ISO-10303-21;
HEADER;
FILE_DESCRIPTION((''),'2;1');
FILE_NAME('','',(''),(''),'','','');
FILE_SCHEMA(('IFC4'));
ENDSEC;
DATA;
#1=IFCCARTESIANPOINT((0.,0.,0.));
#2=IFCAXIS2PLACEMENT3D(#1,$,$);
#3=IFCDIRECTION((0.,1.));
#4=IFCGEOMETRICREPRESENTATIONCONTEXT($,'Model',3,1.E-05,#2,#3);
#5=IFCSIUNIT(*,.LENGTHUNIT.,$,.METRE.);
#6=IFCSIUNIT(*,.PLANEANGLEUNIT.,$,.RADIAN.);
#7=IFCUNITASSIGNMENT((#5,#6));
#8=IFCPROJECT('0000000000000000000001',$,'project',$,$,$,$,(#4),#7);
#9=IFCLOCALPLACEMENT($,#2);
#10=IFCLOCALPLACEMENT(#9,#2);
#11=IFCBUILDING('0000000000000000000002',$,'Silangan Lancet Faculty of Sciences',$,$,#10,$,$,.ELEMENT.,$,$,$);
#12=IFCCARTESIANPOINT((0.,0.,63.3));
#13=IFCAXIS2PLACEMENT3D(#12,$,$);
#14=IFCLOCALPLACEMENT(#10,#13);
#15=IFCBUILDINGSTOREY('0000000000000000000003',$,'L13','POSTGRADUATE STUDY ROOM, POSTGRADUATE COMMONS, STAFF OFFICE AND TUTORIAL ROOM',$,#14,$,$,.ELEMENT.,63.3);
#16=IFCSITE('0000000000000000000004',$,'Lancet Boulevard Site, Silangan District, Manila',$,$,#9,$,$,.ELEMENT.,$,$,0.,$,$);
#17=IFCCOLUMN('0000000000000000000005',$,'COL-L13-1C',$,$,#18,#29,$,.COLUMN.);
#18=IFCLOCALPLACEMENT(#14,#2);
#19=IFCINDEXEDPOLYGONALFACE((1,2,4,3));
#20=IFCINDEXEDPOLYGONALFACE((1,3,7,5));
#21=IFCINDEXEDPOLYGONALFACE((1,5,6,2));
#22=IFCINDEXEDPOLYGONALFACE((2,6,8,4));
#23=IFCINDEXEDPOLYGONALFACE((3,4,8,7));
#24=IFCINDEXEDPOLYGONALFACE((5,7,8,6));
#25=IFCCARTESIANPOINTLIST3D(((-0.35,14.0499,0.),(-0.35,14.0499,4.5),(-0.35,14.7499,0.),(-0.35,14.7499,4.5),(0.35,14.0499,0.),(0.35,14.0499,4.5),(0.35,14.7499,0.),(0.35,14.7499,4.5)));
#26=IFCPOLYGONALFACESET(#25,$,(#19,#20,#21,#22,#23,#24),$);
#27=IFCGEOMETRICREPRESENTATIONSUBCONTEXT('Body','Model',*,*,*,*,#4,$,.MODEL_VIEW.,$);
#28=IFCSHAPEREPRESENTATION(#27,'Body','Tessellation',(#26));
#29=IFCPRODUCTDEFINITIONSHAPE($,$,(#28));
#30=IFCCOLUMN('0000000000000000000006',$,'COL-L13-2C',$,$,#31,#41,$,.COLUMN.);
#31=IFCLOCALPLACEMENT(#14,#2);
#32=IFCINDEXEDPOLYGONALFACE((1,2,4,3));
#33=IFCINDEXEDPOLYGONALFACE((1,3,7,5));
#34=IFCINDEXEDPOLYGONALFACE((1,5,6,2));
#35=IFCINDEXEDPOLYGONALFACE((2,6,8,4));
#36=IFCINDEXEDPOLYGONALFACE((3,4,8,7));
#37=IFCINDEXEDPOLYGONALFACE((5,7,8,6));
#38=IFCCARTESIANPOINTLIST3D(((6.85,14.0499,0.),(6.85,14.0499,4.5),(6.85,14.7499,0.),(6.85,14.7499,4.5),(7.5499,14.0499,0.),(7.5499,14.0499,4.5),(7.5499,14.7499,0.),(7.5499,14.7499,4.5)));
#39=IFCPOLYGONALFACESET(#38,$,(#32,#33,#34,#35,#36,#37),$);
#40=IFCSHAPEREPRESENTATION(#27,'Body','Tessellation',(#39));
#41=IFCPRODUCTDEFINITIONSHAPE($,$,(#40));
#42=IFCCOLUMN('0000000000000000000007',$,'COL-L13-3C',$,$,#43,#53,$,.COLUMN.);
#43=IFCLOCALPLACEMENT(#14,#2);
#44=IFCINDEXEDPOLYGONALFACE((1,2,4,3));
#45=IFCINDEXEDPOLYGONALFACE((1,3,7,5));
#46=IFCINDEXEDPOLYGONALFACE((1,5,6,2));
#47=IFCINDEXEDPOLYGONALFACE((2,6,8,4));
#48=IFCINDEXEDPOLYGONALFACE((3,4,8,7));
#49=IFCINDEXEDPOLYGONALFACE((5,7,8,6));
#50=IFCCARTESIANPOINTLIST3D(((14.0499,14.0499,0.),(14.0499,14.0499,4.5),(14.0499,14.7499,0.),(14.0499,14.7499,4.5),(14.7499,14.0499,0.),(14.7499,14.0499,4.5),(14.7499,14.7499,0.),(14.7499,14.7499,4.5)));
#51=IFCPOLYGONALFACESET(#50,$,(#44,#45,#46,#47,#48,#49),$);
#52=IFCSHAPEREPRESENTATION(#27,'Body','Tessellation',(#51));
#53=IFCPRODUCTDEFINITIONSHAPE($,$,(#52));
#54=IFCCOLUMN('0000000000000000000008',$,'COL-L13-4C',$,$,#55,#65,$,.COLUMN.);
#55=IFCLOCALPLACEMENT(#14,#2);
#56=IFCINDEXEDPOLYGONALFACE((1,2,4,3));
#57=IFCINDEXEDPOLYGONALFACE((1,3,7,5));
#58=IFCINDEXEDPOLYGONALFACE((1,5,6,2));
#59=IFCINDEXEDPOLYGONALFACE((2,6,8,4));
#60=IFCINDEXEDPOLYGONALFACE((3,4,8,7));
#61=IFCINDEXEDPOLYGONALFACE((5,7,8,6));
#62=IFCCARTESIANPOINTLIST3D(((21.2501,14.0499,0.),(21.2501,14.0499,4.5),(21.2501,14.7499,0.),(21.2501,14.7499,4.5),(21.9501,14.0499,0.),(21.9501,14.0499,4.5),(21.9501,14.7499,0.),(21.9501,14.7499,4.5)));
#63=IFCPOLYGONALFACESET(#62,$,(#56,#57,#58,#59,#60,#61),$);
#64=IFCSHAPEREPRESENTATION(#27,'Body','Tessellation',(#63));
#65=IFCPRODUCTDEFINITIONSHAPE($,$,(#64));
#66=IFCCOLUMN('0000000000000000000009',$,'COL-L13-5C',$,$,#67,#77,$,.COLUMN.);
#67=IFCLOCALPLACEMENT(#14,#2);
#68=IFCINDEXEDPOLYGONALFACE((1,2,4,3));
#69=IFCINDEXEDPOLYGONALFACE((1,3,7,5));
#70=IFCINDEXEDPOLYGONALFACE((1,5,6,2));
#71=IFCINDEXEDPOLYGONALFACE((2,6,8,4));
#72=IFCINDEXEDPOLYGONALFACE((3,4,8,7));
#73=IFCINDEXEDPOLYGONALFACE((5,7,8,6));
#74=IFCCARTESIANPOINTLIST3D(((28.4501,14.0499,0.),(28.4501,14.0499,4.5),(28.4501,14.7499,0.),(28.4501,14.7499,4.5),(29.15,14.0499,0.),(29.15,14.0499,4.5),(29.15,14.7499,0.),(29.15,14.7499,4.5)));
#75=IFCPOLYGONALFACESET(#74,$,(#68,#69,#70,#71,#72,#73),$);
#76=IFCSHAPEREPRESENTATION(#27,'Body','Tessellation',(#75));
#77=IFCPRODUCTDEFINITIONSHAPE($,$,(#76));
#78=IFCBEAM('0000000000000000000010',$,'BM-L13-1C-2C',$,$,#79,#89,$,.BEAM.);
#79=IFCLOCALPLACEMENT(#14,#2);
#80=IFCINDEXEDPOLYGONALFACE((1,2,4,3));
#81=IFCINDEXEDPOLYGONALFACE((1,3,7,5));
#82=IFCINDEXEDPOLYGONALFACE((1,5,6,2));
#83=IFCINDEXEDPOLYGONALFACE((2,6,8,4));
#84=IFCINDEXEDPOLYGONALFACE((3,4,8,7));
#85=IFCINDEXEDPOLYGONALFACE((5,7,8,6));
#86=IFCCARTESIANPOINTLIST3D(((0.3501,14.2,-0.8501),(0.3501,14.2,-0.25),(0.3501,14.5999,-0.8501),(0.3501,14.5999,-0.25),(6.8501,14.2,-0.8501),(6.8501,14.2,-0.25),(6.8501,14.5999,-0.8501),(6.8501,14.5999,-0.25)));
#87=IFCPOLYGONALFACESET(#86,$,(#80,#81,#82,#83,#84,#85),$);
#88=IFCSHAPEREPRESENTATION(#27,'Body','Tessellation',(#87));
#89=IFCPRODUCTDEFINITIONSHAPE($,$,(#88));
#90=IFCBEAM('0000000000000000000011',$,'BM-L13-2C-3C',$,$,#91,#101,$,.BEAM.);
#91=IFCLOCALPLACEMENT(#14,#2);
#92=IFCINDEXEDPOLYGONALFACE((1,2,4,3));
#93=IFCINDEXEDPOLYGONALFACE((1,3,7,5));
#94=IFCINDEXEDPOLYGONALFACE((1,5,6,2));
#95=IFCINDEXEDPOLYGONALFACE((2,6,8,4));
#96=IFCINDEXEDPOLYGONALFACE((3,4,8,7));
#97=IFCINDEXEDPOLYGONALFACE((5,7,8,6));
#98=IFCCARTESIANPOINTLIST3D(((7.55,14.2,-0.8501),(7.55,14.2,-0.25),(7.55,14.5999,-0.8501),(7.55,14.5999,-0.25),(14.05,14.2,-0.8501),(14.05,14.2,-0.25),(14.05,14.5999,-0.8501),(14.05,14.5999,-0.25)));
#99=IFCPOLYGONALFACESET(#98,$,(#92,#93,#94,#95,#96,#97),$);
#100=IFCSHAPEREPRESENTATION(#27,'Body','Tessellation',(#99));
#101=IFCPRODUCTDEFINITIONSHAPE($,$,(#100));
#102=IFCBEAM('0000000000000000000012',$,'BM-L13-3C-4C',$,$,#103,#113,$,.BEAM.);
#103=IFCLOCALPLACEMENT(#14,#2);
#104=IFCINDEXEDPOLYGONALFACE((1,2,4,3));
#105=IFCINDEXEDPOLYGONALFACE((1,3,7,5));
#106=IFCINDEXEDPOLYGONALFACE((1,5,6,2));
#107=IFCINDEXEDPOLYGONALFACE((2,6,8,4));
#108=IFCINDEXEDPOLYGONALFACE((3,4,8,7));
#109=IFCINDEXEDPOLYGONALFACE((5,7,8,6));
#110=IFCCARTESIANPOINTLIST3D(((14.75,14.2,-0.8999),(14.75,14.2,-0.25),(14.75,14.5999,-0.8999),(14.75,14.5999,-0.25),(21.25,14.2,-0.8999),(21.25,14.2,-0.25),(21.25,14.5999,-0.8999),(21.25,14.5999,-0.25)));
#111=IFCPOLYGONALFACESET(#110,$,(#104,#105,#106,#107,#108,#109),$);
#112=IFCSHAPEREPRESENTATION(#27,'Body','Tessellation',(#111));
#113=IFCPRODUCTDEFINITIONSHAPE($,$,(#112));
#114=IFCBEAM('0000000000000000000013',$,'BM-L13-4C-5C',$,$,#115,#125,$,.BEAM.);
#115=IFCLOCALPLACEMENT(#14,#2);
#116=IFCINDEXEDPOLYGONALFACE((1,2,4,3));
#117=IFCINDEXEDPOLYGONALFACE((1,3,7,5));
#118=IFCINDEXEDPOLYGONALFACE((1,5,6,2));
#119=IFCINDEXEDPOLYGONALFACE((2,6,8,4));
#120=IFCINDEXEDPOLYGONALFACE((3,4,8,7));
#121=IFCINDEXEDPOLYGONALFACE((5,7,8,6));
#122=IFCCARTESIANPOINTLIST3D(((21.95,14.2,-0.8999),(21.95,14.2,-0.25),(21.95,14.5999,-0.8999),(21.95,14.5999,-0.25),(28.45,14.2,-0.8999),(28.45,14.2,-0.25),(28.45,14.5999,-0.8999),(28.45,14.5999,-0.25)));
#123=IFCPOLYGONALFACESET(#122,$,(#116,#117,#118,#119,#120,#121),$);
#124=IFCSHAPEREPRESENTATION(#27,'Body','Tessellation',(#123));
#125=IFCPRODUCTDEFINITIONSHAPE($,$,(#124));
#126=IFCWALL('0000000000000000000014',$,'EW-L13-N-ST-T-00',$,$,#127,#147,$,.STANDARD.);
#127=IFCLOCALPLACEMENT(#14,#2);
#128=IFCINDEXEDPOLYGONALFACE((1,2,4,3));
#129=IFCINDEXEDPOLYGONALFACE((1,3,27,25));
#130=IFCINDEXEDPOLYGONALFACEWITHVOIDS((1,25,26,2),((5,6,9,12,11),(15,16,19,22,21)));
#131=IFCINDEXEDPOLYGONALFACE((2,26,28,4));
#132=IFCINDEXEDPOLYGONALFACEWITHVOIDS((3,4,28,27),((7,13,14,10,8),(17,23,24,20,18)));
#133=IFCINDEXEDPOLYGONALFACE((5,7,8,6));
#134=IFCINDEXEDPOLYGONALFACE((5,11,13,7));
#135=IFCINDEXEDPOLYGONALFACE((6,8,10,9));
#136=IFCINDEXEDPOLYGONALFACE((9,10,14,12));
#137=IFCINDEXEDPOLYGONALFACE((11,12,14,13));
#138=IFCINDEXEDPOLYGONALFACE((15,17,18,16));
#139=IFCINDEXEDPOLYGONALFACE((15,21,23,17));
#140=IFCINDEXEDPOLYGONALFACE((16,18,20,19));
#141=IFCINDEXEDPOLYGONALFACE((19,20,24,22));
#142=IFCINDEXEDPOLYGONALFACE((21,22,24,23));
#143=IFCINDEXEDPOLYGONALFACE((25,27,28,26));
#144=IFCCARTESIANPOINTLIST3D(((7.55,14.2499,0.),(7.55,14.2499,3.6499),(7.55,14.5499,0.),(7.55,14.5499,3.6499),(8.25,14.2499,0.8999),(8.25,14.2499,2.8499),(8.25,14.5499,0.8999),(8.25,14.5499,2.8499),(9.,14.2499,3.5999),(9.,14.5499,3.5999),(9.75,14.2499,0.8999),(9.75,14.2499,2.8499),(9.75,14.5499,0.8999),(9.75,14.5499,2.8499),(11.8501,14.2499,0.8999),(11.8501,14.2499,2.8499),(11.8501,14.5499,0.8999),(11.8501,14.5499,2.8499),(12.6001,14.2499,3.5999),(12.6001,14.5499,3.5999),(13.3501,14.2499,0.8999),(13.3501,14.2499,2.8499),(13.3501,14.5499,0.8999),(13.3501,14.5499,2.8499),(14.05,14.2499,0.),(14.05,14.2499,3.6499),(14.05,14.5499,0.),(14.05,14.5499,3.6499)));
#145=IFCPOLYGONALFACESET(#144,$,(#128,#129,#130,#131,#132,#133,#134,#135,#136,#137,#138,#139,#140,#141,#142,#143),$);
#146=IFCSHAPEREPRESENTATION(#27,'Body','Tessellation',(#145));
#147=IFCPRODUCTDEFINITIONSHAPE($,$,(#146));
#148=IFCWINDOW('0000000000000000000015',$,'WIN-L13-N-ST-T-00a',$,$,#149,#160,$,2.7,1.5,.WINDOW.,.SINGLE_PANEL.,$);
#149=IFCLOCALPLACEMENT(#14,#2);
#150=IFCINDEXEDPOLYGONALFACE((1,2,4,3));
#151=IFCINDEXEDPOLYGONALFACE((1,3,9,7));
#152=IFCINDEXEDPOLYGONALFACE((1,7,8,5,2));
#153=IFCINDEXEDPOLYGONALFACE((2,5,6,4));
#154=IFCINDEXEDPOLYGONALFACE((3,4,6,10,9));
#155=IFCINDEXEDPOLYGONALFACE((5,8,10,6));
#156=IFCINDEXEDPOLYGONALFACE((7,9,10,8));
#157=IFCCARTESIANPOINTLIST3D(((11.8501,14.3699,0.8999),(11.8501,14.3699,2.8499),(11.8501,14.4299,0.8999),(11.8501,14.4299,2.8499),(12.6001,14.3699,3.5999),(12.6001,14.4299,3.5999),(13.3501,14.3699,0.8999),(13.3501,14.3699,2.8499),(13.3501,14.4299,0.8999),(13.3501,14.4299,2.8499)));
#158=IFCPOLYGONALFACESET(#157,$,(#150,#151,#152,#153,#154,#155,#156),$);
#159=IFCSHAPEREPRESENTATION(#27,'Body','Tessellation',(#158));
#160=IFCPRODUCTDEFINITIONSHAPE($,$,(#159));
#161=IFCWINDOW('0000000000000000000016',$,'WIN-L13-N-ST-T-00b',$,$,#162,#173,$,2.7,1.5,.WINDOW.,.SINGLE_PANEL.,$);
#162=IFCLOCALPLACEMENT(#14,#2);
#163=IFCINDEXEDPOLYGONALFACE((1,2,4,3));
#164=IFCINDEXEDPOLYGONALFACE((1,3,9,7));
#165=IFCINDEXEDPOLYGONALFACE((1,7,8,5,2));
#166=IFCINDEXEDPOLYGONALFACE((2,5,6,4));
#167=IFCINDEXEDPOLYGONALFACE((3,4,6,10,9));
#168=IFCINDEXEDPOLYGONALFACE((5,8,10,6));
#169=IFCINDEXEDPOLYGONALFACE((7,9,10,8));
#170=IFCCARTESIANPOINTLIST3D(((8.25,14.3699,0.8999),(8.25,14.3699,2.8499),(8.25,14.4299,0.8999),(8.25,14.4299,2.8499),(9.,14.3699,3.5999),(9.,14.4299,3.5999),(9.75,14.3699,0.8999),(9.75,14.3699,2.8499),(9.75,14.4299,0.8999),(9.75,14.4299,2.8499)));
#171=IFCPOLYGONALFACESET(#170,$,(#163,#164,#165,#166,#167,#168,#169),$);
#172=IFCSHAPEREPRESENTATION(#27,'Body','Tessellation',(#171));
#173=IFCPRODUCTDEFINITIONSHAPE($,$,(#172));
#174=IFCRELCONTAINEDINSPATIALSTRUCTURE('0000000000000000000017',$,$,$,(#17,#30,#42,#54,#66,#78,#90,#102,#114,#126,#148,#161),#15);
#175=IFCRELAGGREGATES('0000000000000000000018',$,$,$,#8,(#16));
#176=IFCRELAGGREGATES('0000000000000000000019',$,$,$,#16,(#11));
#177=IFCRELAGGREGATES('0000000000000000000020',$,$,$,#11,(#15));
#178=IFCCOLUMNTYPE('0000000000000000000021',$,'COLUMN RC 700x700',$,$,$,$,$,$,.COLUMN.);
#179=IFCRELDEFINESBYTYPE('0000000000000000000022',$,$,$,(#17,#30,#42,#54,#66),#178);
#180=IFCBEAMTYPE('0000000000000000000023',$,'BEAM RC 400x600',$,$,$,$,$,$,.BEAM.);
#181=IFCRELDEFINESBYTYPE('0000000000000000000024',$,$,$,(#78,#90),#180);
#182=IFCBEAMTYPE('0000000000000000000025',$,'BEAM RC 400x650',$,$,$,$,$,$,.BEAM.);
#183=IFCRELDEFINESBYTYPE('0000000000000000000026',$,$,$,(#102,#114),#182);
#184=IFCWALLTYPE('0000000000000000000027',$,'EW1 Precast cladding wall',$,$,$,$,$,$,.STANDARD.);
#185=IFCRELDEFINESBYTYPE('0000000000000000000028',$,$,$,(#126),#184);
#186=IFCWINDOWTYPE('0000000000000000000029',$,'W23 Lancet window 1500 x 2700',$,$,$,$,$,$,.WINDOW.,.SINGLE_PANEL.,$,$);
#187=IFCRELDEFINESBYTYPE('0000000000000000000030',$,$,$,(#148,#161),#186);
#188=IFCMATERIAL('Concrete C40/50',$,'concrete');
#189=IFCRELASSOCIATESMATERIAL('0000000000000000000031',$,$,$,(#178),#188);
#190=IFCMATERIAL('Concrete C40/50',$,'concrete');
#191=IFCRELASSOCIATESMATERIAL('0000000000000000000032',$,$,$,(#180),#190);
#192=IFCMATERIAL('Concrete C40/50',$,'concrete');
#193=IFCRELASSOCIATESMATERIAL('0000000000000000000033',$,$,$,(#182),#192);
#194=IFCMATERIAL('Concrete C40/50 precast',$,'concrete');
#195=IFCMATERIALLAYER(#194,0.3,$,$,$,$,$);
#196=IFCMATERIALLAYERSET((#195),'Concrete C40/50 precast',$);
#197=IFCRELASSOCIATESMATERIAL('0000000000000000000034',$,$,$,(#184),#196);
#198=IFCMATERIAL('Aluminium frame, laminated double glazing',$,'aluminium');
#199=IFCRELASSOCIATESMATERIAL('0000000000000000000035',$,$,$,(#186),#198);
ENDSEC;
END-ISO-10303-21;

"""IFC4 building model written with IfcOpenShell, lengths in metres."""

from ifc_helpers import new_model, si_unit, direction, frame, frame_2d, origin, origin_2d, place, context, subcontext, project, spatial, polyline, rectangle, outline, extrude, material, layer, layer_set, material_profile, profile_set, type_object, element, fill, save


model = new_model("IFC4")

# Units and contexts
model_context = context("Model", 3, precision=1e-05, world=origin(), true_north=direction((0.0, 1.0)))
body_context = subcontext(model_context, "Body", "Model", "MODEL_VIEW")
ifc_project = project(units=[si_unit("LENGTHUNIT", "METRE"), si_unit("PLANEANGLEUNIT", "RADIAN")], contexts=[model_context])

# Site, building, storey
site_placement = place(None, origin())
site = spatial("IfcSite", under=ifc_project, at=site_placement, Name="Lancet Boulevard Site, Silangan District, Manila", CompositionType="ELEMENT", RefElevation=0.0)
building_placement = place(site_placement, origin())
building = spatial("IfcBuilding", under=site, at=building_placement, Name="Silangan Lancet Faculty of Sciences", CompositionType="ELEMENT")
storey_placement = place(building_placement, frame((0.0, 0.0, 63.3)))
storey = spatial("IfcBuildingStorey", under=building, at=storey_placement, Name="L13", Description="POSTGRADUATE STUDY ROOM, POSTGRADUATE COMMONS, STAFF OFFICE AND TUTORIAL ROOM", CompositionType="ELEMENT", Elevation=63.3)

# Columns
ifc_material_1 = material(Name="Concrete C40/50", Category="concrete")
ifc_material_profile_1 = material_profile(ifc_material_1, rectangle(XDim=0.7, YDim=0.7, at=origin_2d()), Name="RC 700x700")
ifc_profile_set_1 = profile_set([ifc_material_profile_1], Name="Concrete C40/50")
column_type = type_object("IfcColumnType", Name="COLUMN RC 700x700", PredefinedType="COLUMN", material=ifc_profile_set_1)
for number, where, z_axis, x_axis, name in (
    (1, (0.0, 14.3999, 0.0), (0.0, 0.0, 1.0), (1.0, 0.0, 0.0), "COL-L13-1C"),
    (2, (7.2, 14.3999, 0.0), (0.0, 0.0, 1.0), (1.0, 0.0, 0.0), "COL-L13-2C"),
    (3, (14.3999, 14.3999, 0.0), (0.0, 0.0, 1.0), (1.0, 0.0, 0.0), "COL-L13-3C"),
    (4, (21.6001, 14.3999, 0.0), (0.0, 0.0, 1.0), (1.0, 0.0, 0.0), "COL-L13-4C"),
    (5, (28.8, 14.3999, 0.0), (0.0, 0.0, 1.0), (1.0, 0.0, 0.0), "COL-L13-5C"),
):
    element("IfcColumn", number, at=place(storey_placement, frame(where, z_axis=z_axis, x_axis=x_axis)), inside=storey, type_object=column_type, Name=name, PredefinedType="COLUMN", context=body_context, shape_type="SweptSolid", body=[
        extrude(rectangle(XDim=0.7, YDim=0.7, at=origin_2d()), origin(), (0.0, 0.0, 1.0), 4.5),
    ])

# Beams
ifc_material_2 = material(Name="Concrete C40/50", Category="concrete")
ifc_material_profile_2 = material_profile(ifc_material_2, rectangle(XDim=0.3999, YDim=0.6001, at=origin_2d()), Name="RC 400x600")
ifc_profile_set_2 = profile_set([ifc_material_profile_2], Name="Concrete C40/50")
beam_type_1 = type_object("IfcBeamType", Name="BEAM RC 400x600", PredefinedType="BEAM", material=ifc_profile_set_2)
for number, where, z_axis, x_axis, name in (
    (6, (0.3501, 14.3999, -0.55), (1.0, 0.0, 0.0), (0.0, 1.0, 0.0), "BM-L13-1C-2C"),
    (7, (7.55, 14.3999, -0.55), (1.0, 0.0, 0.0), (0.0, 1.0, 0.0), "BM-L13-2C-3C"),
):
    element("IfcBeam", number, at=place(storey_placement, frame(where, z_axis=z_axis, x_axis=x_axis)), inside=storey, type_object=beam_type_1, Name=name, PredefinedType="BEAM", context=body_context, shape_type="SweptSolid", body=[
        extrude(rectangle(XDim=0.3999, YDim=0.6001, at=origin_2d()), origin(), (0.0, 0.0, 1.0), 6.5),
    ])
ifc_material_3 = material(Name="Concrete C40/50", Category="concrete")
ifc_material_profile_3 = material_profile(ifc_material_3, rectangle(XDim=0.3999, YDim=0.6499, at=origin_2d()), Name="RC 400x650")
ifc_profile_set_3 = profile_set([ifc_material_profile_3], Name="Concrete C40/50")
beam_type_2 = type_object("IfcBeamType", Name="BEAM RC 400x650", PredefinedType="BEAM", material=ifc_profile_set_3)
for number, where, z_axis, x_axis, name in (
    (8, (14.75, 14.3999, -0.575), (1.0, 0.0, 0.0), (0.0, 1.0, 0.0), "BM-L13-3C-4C"),
    (9, (21.95, 14.3999, -0.575), (1.0, 0.0, 0.0), (0.0, 1.0, 0.0), "BM-L13-4C-5C"),
):
    element("IfcBeam", number, at=place(storey_placement, frame(where, z_axis=z_axis, x_axis=x_axis)), inside=storey, type_object=beam_type_2, Name=name, PredefinedType="BEAM", context=body_context, shape_type="SweptSolid", body=[
        extrude(rectangle(XDim=0.3999, YDim=0.6499, at=origin_2d()), origin(), (0.0, 0.0, 1.0), 6.5),
    ])

# Wall, openings, windows
ifc_material_4 = material(Name="Concrete C40/50 precast", Category="concrete")
ifc_layer_1 = layer(ifc_material_4, 0.3)
ifc_layer_set_1 = layer_set([ifc_layer_1], Name="Concrete C40/50 precast")
wall_type_1 = type_object("IfcWallType", Name="EW1 Precast cladding wall", PredefinedType="STANDARD", material=ifc_layer_set_1)
wall_1_placement = place(storey_placement, frame((14.05, 14.3999, 0.0), z_axis=(0.0, 0.0, 1.0), x_axis=(-1.0, 0.0, 0.0)))
wall_1 = element("IfcWall", 10, at=wall_1_placement, inside=storey, type_object=wall_type_1, Name="EW-L13-N-ST-T-00", PredefinedType="STANDARD", context=body_context, shape_type="SweptSolid", body=[
    extrude(rectangle(XDim=6.5, YDim=0.3, at=frame_2d((3.25, 0.0))), origin(), (0.0, 0.0, 1.0), 3.6499),
])
opening_1_placement = place(wall_1_placement, frame((0.7, 0.0, 0.8999)))
opening_1 = element("IfcOpeningElement", 11, at=opening_1_placement, cuts=wall_1, PredefinedType="OPENING", context=body_context, shape_type="SweptSolid", body=[
    extrude(outline(polyline([(0.0, 0.0), (1.5, 0.0), (1.5, 1.95), (0.75, 2.7), (0.0, 1.95), (0.0, 0.0)])), frame((0.0, 0.1599, 0.0), z_axis=(0.0, -1.0, 0.0), x_axis=(1.0, 0.0, 0.0)), (0.0, 0.0, 1.0), 0.3201),
])
opening_2_placement = place(wall_1_placement, frame((4.3, 0.0, 0.8999)))
opening_2 = element("IfcOpeningElement", 12, at=opening_2_placement, cuts=wall_1, PredefinedType="OPENING", context=body_context, shape_type="SweptSolid", body=[
    extrude(outline(polyline([(0.0, 0.0), (1.5, 0.0), (1.5, 1.95), (0.75, 2.7), (0.0, 1.95), (0.0, 0.0)])), frame((0.0, 0.1599, 0.0), z_axis=(0.0, -1.0, 0.0), x_axis=(1.0, 0.0, 0.0)), (0.0, 0.0, 1.0), 0.3201),
])
ifc_material_5 = material(Name="Aluminium frame, laminated double glazing", Category="aluminium")
window_type = type_object("IfcWindowType", Name="W23 Lancet window 1500 x 2700", PartitioningType="SINGLE_PANEL", PredefinedType="WINDOW", material=ifc_material_5)
window_1_placement = place(opening_1_placement, origin())
window_1 = element("IfcWindow", 13, at=window_1_placement, inside=storey, type_object=window_type, Name="WIN-L13-N-ST-T-00a", OverallHeight=2.7, OverallWidth=1.5, PartitioningType="SINGLE_PANEL", PredefinedType="WINDOW", context=body_context, shape_type="SweptSolid", body=[
    extrude(outline(polyline([(0.0, 0.0), (1.5, 0.0), (1.5, 1.95), (0.75, 2.7), (0.0, 1.95), (0.0, 0.0)])), frame((0.0, 0.03, 0.0), z_axis=(0.0, -1.0, 0.0), x_axis=(1.0, 0.0, 0.0)), (0.0, 0.0, 1.0), 0.0601),
])
fill(opening_1, window_1)
window_2_placement = place(opening_2_placement, origin())
window_2 = element("IfcWindow", 14, at=window_2_placement, inside=storey, type_object=window_type, Name="WIN-L13-N-ST-T-00b", OverallHeight=2.7, OverallWidth=1.5, PartitioningType="SINGLE_PANEL", PredefinedType="WINDOW", context=body_context, shape_type="SweptSolid", body=[
    extrude(outline(polyline([(0.0, 0.0), (1.5, 0.0), (1.5, 1.95), (0.75, 2.7), (0.0, 1.95), (0.0, 0.0)])), frame((0.0, 0.03, 0.0), z_axis=(0.0, -1.0, 0.0), x_axis=(1.0, 0.0, 0.0)), (0.0, 0.0, 1.0), 0.0601),
])
fill(opening_2, window_2)

save(model, "model.ifc")
